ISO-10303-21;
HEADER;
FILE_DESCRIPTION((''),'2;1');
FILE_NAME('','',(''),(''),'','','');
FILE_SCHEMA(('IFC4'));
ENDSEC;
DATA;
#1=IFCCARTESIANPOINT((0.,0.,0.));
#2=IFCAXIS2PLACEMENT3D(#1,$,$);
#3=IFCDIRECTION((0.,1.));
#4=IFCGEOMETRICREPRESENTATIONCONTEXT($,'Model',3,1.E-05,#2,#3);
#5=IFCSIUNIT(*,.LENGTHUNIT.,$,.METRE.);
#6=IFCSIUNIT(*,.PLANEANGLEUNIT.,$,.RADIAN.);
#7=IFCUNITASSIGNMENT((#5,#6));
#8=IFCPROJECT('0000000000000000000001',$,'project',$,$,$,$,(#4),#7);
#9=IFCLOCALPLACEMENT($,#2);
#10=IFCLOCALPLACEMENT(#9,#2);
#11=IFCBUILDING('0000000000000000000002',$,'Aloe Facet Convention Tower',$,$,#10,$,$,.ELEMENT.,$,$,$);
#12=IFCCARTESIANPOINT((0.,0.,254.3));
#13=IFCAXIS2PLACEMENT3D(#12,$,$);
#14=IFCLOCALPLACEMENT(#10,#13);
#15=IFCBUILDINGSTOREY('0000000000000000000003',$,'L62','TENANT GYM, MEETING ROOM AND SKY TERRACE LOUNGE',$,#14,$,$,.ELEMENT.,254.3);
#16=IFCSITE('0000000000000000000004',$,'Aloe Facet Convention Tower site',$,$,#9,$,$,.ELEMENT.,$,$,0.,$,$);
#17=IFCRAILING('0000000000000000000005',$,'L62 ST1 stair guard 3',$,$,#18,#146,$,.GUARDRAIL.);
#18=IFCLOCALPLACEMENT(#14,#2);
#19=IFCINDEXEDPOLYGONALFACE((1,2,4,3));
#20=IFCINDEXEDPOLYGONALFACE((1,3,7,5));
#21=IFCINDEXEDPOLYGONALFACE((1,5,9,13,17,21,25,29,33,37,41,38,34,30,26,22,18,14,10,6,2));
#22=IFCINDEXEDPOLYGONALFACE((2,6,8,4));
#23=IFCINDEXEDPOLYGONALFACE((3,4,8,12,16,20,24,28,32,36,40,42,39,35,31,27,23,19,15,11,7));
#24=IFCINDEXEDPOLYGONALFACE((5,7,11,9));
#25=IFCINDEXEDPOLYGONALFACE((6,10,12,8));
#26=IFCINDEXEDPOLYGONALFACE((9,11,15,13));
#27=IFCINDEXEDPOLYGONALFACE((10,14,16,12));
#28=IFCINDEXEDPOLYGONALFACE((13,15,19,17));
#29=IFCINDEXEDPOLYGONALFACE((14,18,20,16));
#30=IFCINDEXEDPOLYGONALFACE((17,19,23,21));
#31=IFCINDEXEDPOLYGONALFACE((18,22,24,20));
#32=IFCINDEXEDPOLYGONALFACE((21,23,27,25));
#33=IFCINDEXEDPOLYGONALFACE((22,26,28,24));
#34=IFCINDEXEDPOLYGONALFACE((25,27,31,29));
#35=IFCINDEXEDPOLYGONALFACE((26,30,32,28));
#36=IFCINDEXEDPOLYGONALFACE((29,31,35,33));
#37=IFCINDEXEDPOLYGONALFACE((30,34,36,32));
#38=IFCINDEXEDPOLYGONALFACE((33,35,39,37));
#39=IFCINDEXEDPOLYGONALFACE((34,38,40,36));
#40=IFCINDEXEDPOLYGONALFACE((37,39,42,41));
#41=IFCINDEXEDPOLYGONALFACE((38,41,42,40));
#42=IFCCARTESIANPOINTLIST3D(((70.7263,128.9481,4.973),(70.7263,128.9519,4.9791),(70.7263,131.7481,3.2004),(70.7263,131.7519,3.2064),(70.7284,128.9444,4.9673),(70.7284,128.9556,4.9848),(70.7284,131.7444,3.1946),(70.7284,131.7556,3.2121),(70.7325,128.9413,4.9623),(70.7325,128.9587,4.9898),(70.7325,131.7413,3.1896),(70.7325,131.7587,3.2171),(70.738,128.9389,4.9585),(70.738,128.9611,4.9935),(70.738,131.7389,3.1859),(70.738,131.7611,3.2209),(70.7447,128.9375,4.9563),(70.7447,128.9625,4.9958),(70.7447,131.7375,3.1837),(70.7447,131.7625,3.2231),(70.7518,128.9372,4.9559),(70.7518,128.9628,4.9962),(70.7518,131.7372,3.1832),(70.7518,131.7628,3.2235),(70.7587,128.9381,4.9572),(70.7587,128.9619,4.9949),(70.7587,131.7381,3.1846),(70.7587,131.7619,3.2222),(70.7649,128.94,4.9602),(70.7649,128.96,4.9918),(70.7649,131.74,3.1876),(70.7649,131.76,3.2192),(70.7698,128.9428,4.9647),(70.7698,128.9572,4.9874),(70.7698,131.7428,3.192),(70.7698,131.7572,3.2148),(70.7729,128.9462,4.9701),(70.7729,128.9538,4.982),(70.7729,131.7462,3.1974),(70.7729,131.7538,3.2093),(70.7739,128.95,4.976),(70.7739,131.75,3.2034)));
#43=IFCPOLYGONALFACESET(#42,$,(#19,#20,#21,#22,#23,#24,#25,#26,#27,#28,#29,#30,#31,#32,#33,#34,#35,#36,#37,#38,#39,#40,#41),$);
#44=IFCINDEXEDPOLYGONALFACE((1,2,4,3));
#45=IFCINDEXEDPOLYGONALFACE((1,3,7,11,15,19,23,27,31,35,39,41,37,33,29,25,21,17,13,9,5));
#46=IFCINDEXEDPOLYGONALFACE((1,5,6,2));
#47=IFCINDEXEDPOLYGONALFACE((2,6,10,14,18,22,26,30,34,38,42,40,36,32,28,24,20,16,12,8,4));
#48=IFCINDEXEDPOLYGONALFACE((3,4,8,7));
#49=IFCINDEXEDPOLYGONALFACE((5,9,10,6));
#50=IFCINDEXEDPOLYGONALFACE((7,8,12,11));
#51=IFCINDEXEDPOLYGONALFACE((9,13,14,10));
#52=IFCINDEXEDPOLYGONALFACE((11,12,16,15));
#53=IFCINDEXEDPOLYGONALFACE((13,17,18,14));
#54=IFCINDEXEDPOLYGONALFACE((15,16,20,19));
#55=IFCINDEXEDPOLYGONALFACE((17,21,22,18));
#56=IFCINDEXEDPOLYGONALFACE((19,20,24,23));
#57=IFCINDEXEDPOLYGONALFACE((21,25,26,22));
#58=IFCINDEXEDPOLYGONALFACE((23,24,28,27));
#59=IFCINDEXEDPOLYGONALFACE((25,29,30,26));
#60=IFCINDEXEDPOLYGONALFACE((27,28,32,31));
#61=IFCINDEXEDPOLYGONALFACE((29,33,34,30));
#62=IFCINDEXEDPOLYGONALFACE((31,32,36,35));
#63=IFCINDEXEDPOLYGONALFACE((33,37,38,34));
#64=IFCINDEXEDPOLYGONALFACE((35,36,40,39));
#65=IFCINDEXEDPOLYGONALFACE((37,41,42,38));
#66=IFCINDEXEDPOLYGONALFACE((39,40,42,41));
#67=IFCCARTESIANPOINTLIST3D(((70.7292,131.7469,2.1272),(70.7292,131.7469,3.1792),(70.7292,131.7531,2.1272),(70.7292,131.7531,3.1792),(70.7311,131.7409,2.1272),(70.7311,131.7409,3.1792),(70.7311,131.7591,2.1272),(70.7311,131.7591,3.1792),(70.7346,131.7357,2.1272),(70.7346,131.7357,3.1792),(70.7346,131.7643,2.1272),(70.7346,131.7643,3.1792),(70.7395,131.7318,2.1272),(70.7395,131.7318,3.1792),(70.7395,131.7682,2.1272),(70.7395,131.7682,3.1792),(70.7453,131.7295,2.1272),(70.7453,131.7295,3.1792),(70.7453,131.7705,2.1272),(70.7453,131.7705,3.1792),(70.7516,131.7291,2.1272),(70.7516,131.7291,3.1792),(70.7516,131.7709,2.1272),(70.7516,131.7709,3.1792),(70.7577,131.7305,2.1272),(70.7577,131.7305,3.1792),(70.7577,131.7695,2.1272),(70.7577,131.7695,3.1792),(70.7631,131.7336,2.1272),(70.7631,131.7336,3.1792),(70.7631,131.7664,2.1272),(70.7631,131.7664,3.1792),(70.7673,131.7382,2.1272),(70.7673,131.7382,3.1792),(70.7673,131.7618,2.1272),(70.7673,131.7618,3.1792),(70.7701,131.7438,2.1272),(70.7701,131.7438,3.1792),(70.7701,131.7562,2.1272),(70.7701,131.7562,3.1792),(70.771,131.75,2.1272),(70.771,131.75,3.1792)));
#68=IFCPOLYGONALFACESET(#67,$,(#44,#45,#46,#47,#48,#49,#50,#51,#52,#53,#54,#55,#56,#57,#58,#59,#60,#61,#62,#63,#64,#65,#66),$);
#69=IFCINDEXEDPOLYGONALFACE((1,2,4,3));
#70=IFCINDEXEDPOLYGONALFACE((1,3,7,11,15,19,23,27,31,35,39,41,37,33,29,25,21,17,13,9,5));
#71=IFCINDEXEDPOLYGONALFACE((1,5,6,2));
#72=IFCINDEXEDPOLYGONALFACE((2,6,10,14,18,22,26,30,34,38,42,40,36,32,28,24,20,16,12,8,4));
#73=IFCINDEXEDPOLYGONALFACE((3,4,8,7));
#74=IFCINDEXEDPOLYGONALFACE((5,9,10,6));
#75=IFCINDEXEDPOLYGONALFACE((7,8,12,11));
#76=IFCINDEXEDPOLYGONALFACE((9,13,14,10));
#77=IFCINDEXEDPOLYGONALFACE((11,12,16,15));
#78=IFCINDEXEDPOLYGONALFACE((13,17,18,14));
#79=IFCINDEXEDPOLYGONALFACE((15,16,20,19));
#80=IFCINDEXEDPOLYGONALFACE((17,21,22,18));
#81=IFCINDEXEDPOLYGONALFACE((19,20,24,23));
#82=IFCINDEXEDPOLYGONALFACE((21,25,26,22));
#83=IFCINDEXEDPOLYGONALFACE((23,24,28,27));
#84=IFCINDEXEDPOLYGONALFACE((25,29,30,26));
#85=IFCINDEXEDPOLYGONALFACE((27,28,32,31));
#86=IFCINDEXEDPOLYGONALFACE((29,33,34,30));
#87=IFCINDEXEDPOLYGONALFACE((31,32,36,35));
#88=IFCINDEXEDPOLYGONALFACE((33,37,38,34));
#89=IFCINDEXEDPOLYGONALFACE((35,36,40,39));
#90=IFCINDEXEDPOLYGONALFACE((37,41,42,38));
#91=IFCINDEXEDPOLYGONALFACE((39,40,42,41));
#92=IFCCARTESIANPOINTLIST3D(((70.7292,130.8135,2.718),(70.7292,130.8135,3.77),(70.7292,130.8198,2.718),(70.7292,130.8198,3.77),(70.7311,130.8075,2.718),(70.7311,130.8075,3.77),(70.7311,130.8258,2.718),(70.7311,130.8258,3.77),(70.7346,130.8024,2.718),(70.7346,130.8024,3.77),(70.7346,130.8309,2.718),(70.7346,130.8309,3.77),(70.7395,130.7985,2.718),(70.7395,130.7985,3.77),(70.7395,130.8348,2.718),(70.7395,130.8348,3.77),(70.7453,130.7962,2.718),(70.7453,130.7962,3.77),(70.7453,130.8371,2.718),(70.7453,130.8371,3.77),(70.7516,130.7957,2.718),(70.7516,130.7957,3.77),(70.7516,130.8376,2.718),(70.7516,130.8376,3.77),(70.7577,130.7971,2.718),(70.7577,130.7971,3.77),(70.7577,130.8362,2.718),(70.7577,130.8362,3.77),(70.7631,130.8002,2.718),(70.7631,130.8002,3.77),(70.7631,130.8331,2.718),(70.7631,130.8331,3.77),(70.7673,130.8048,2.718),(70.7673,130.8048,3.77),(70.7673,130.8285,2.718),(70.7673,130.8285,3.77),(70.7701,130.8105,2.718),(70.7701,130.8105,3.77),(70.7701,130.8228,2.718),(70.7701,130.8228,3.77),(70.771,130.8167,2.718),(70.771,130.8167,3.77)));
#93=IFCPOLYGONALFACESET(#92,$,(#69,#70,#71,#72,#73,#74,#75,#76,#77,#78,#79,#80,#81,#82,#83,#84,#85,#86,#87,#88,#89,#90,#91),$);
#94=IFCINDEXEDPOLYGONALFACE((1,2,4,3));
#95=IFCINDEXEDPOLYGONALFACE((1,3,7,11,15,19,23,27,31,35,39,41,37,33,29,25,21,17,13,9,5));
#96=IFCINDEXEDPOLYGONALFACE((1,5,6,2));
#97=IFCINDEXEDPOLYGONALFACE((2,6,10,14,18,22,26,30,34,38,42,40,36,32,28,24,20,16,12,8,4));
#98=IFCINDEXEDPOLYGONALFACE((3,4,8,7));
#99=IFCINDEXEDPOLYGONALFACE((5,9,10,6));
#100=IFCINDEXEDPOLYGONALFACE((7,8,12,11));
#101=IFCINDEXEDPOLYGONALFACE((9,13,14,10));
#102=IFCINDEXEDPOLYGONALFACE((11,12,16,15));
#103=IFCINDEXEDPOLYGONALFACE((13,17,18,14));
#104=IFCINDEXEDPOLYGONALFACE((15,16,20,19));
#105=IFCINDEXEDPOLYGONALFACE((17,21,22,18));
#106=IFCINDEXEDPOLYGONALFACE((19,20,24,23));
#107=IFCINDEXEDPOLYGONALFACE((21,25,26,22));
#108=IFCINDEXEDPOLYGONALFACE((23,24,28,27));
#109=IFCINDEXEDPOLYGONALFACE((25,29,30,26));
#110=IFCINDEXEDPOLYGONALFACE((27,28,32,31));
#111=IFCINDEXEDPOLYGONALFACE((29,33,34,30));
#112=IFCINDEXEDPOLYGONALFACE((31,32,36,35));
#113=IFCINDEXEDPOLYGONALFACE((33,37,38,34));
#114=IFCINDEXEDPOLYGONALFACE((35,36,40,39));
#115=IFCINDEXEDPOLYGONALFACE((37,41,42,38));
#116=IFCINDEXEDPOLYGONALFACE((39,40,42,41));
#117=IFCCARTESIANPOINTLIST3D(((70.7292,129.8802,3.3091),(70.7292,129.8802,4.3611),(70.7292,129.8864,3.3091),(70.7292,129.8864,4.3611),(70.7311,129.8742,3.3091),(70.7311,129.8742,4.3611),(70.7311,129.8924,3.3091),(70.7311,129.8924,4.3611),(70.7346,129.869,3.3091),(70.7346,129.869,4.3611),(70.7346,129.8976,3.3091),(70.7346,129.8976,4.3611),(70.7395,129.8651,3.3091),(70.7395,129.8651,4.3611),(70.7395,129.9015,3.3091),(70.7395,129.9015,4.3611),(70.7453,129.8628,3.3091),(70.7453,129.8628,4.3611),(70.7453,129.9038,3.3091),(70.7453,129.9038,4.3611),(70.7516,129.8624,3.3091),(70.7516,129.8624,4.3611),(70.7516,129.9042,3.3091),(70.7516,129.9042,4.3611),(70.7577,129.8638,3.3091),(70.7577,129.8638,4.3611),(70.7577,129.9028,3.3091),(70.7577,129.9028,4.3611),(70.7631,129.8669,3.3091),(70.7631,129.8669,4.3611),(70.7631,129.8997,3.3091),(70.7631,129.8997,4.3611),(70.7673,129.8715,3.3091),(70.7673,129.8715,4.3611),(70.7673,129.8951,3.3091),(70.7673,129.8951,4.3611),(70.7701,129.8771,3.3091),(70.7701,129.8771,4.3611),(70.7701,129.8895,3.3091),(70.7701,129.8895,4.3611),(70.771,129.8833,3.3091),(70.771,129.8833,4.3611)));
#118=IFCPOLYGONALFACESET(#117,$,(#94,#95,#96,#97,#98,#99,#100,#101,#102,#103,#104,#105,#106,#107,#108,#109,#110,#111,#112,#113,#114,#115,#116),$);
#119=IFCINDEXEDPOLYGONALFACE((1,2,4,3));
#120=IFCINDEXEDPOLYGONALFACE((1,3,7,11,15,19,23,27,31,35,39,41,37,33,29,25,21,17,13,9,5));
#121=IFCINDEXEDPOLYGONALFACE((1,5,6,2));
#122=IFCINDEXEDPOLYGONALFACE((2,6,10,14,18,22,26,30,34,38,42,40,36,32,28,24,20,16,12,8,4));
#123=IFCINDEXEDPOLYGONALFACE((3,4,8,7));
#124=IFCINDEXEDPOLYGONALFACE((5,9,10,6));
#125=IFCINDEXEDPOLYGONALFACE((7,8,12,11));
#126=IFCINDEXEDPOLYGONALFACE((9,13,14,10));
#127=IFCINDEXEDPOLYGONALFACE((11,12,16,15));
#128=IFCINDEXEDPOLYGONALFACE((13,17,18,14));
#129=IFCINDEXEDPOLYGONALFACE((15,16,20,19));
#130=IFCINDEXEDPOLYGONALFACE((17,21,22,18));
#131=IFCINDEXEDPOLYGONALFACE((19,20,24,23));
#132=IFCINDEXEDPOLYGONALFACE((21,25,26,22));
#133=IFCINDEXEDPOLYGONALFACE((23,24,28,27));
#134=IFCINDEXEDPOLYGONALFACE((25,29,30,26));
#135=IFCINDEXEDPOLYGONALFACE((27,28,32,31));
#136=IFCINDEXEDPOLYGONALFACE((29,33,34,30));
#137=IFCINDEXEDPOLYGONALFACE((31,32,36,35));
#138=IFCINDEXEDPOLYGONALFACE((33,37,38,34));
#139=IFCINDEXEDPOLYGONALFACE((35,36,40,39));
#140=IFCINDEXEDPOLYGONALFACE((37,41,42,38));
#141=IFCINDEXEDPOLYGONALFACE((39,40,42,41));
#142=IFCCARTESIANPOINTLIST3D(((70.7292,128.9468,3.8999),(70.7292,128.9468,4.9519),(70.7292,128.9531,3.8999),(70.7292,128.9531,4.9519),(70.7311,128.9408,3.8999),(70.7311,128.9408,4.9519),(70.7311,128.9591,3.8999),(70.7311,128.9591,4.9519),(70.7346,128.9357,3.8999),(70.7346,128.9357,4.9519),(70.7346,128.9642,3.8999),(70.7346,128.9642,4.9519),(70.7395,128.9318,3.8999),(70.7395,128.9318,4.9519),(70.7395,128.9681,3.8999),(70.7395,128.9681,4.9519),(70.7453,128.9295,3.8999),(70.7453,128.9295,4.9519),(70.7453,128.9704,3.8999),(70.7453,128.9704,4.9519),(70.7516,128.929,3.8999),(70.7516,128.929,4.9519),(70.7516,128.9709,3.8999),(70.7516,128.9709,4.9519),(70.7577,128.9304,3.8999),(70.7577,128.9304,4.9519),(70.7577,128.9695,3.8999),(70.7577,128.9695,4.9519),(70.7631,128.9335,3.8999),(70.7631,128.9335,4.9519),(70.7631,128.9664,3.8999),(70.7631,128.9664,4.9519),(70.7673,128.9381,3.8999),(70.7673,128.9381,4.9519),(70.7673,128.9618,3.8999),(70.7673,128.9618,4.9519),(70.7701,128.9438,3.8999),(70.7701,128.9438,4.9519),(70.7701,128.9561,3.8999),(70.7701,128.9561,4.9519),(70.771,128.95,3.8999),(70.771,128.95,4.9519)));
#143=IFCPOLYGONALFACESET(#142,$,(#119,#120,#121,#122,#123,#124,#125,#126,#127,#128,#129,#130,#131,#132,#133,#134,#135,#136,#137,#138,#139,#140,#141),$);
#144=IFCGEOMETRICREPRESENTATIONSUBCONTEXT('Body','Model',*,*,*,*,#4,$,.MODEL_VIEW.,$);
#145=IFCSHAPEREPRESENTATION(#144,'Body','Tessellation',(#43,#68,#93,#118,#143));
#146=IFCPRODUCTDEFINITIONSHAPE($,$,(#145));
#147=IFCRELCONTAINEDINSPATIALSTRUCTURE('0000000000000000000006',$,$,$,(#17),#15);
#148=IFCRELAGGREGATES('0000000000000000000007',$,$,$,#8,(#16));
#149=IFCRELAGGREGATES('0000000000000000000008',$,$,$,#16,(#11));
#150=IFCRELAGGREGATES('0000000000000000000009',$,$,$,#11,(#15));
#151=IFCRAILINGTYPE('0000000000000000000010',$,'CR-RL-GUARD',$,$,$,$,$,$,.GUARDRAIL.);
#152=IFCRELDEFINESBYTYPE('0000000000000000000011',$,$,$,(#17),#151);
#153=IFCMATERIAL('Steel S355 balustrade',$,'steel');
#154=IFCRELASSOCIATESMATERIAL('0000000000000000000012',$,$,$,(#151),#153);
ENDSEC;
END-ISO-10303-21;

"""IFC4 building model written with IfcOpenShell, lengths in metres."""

from ifc_helpers import new_model, si_unit, direction, frame, origin, origin_2d, place, context, subcontext, project, spatial, circle, extrude, material, type_object, element, save


model = new_model("IFC4")

# Units and contexts
model_context = context("Model", 3, precision=1e-05, world=origin(), true_north=direction((0.0, 1.0)))
body_context = subcontext(model_context, "Body", "Model", "MODEL_VIEW")
ifc_project = project(units=[si_unit("LENGTHUNIT", "METRE"), si_unit("PLANEANGLEUNIT", "RADIAN")], contexts=[model_context])

# Site, building, storey
site_placement = place(None, origin())
site = spatial("IfcSite", under=ifc_project, at=site_placement, Name="Aloe Facet Convention Tower site", CompositionType="ELEMENT", RefElevation=0.0)
building_placement = place(site_placement, origin())
building = spatial("IfcBuilding", under=site, at=building_placement, Name="Aloe Facet Convention Tower", CompositionType="ELEMENT")
storey_placement = place(building_placement, frame((0.0, 0.0, 254.3)))
storey = spatial("IfcBuildingStorey", under=building, at=storey_placement, Name="L62", Description="TENANT GYM, MEETING ROOM AND SKY TERRACE LOUNGE", CompositionType="ELEMENT", Elevation=254.3)

# Railing
ifc_material_1 = material(Name="Steel S355 balustrade", Category="steel")
railing_type_1 = type_object("IfcRailingType", Name="CR-RL-GUARD", PredefinedType="GUARDRAIL", material=ifc_material_1)
railing_1_placement = place(storey_placement, frame((70.75, 131.75, 2.1272)))
element("IfcRailing", 1, at=railing_1_placement, inside=storey, type_object=railing_type_1, Name="L62 ST1 stair guard 3", PredefinedType="GUARDRAIL", context=body_context, shape_type="SweptSolid", body=[
    extrude(circle(Radius=0.0239, at=origin_2d()), frame((0.0, 0.0, 1.0762), z_axis=(0.0, -0.844909, 0.53491), x_axis=(1.0, 0.0, 0.0)), (0.0, 0.0, 1.0), 3.314),
    extrude(circle(Radius=0.021, at=origin_2d()), origin(), (0.0, 0.0, 1.0), 1.052),
    extrude(circle(Radius=0.021, at=origin_2d()), frame((0.0, -0.9333, 0.5908)), (0.0, 0.0, 1.0), 1.052),
    extrude(circle(Radius=0.021, at=origin_2d()), frame((0.0, -1.8667, 1.1819)), (0.0, 0.0, 1.0), 1.052),
    extrude(circle(Radius=0.021, at=origin_2d()), frame((0.0, -2.8, 1.7727)), (0.0, 0.0, 1.0), 1.052),
])

save(model, "model.ifc")
